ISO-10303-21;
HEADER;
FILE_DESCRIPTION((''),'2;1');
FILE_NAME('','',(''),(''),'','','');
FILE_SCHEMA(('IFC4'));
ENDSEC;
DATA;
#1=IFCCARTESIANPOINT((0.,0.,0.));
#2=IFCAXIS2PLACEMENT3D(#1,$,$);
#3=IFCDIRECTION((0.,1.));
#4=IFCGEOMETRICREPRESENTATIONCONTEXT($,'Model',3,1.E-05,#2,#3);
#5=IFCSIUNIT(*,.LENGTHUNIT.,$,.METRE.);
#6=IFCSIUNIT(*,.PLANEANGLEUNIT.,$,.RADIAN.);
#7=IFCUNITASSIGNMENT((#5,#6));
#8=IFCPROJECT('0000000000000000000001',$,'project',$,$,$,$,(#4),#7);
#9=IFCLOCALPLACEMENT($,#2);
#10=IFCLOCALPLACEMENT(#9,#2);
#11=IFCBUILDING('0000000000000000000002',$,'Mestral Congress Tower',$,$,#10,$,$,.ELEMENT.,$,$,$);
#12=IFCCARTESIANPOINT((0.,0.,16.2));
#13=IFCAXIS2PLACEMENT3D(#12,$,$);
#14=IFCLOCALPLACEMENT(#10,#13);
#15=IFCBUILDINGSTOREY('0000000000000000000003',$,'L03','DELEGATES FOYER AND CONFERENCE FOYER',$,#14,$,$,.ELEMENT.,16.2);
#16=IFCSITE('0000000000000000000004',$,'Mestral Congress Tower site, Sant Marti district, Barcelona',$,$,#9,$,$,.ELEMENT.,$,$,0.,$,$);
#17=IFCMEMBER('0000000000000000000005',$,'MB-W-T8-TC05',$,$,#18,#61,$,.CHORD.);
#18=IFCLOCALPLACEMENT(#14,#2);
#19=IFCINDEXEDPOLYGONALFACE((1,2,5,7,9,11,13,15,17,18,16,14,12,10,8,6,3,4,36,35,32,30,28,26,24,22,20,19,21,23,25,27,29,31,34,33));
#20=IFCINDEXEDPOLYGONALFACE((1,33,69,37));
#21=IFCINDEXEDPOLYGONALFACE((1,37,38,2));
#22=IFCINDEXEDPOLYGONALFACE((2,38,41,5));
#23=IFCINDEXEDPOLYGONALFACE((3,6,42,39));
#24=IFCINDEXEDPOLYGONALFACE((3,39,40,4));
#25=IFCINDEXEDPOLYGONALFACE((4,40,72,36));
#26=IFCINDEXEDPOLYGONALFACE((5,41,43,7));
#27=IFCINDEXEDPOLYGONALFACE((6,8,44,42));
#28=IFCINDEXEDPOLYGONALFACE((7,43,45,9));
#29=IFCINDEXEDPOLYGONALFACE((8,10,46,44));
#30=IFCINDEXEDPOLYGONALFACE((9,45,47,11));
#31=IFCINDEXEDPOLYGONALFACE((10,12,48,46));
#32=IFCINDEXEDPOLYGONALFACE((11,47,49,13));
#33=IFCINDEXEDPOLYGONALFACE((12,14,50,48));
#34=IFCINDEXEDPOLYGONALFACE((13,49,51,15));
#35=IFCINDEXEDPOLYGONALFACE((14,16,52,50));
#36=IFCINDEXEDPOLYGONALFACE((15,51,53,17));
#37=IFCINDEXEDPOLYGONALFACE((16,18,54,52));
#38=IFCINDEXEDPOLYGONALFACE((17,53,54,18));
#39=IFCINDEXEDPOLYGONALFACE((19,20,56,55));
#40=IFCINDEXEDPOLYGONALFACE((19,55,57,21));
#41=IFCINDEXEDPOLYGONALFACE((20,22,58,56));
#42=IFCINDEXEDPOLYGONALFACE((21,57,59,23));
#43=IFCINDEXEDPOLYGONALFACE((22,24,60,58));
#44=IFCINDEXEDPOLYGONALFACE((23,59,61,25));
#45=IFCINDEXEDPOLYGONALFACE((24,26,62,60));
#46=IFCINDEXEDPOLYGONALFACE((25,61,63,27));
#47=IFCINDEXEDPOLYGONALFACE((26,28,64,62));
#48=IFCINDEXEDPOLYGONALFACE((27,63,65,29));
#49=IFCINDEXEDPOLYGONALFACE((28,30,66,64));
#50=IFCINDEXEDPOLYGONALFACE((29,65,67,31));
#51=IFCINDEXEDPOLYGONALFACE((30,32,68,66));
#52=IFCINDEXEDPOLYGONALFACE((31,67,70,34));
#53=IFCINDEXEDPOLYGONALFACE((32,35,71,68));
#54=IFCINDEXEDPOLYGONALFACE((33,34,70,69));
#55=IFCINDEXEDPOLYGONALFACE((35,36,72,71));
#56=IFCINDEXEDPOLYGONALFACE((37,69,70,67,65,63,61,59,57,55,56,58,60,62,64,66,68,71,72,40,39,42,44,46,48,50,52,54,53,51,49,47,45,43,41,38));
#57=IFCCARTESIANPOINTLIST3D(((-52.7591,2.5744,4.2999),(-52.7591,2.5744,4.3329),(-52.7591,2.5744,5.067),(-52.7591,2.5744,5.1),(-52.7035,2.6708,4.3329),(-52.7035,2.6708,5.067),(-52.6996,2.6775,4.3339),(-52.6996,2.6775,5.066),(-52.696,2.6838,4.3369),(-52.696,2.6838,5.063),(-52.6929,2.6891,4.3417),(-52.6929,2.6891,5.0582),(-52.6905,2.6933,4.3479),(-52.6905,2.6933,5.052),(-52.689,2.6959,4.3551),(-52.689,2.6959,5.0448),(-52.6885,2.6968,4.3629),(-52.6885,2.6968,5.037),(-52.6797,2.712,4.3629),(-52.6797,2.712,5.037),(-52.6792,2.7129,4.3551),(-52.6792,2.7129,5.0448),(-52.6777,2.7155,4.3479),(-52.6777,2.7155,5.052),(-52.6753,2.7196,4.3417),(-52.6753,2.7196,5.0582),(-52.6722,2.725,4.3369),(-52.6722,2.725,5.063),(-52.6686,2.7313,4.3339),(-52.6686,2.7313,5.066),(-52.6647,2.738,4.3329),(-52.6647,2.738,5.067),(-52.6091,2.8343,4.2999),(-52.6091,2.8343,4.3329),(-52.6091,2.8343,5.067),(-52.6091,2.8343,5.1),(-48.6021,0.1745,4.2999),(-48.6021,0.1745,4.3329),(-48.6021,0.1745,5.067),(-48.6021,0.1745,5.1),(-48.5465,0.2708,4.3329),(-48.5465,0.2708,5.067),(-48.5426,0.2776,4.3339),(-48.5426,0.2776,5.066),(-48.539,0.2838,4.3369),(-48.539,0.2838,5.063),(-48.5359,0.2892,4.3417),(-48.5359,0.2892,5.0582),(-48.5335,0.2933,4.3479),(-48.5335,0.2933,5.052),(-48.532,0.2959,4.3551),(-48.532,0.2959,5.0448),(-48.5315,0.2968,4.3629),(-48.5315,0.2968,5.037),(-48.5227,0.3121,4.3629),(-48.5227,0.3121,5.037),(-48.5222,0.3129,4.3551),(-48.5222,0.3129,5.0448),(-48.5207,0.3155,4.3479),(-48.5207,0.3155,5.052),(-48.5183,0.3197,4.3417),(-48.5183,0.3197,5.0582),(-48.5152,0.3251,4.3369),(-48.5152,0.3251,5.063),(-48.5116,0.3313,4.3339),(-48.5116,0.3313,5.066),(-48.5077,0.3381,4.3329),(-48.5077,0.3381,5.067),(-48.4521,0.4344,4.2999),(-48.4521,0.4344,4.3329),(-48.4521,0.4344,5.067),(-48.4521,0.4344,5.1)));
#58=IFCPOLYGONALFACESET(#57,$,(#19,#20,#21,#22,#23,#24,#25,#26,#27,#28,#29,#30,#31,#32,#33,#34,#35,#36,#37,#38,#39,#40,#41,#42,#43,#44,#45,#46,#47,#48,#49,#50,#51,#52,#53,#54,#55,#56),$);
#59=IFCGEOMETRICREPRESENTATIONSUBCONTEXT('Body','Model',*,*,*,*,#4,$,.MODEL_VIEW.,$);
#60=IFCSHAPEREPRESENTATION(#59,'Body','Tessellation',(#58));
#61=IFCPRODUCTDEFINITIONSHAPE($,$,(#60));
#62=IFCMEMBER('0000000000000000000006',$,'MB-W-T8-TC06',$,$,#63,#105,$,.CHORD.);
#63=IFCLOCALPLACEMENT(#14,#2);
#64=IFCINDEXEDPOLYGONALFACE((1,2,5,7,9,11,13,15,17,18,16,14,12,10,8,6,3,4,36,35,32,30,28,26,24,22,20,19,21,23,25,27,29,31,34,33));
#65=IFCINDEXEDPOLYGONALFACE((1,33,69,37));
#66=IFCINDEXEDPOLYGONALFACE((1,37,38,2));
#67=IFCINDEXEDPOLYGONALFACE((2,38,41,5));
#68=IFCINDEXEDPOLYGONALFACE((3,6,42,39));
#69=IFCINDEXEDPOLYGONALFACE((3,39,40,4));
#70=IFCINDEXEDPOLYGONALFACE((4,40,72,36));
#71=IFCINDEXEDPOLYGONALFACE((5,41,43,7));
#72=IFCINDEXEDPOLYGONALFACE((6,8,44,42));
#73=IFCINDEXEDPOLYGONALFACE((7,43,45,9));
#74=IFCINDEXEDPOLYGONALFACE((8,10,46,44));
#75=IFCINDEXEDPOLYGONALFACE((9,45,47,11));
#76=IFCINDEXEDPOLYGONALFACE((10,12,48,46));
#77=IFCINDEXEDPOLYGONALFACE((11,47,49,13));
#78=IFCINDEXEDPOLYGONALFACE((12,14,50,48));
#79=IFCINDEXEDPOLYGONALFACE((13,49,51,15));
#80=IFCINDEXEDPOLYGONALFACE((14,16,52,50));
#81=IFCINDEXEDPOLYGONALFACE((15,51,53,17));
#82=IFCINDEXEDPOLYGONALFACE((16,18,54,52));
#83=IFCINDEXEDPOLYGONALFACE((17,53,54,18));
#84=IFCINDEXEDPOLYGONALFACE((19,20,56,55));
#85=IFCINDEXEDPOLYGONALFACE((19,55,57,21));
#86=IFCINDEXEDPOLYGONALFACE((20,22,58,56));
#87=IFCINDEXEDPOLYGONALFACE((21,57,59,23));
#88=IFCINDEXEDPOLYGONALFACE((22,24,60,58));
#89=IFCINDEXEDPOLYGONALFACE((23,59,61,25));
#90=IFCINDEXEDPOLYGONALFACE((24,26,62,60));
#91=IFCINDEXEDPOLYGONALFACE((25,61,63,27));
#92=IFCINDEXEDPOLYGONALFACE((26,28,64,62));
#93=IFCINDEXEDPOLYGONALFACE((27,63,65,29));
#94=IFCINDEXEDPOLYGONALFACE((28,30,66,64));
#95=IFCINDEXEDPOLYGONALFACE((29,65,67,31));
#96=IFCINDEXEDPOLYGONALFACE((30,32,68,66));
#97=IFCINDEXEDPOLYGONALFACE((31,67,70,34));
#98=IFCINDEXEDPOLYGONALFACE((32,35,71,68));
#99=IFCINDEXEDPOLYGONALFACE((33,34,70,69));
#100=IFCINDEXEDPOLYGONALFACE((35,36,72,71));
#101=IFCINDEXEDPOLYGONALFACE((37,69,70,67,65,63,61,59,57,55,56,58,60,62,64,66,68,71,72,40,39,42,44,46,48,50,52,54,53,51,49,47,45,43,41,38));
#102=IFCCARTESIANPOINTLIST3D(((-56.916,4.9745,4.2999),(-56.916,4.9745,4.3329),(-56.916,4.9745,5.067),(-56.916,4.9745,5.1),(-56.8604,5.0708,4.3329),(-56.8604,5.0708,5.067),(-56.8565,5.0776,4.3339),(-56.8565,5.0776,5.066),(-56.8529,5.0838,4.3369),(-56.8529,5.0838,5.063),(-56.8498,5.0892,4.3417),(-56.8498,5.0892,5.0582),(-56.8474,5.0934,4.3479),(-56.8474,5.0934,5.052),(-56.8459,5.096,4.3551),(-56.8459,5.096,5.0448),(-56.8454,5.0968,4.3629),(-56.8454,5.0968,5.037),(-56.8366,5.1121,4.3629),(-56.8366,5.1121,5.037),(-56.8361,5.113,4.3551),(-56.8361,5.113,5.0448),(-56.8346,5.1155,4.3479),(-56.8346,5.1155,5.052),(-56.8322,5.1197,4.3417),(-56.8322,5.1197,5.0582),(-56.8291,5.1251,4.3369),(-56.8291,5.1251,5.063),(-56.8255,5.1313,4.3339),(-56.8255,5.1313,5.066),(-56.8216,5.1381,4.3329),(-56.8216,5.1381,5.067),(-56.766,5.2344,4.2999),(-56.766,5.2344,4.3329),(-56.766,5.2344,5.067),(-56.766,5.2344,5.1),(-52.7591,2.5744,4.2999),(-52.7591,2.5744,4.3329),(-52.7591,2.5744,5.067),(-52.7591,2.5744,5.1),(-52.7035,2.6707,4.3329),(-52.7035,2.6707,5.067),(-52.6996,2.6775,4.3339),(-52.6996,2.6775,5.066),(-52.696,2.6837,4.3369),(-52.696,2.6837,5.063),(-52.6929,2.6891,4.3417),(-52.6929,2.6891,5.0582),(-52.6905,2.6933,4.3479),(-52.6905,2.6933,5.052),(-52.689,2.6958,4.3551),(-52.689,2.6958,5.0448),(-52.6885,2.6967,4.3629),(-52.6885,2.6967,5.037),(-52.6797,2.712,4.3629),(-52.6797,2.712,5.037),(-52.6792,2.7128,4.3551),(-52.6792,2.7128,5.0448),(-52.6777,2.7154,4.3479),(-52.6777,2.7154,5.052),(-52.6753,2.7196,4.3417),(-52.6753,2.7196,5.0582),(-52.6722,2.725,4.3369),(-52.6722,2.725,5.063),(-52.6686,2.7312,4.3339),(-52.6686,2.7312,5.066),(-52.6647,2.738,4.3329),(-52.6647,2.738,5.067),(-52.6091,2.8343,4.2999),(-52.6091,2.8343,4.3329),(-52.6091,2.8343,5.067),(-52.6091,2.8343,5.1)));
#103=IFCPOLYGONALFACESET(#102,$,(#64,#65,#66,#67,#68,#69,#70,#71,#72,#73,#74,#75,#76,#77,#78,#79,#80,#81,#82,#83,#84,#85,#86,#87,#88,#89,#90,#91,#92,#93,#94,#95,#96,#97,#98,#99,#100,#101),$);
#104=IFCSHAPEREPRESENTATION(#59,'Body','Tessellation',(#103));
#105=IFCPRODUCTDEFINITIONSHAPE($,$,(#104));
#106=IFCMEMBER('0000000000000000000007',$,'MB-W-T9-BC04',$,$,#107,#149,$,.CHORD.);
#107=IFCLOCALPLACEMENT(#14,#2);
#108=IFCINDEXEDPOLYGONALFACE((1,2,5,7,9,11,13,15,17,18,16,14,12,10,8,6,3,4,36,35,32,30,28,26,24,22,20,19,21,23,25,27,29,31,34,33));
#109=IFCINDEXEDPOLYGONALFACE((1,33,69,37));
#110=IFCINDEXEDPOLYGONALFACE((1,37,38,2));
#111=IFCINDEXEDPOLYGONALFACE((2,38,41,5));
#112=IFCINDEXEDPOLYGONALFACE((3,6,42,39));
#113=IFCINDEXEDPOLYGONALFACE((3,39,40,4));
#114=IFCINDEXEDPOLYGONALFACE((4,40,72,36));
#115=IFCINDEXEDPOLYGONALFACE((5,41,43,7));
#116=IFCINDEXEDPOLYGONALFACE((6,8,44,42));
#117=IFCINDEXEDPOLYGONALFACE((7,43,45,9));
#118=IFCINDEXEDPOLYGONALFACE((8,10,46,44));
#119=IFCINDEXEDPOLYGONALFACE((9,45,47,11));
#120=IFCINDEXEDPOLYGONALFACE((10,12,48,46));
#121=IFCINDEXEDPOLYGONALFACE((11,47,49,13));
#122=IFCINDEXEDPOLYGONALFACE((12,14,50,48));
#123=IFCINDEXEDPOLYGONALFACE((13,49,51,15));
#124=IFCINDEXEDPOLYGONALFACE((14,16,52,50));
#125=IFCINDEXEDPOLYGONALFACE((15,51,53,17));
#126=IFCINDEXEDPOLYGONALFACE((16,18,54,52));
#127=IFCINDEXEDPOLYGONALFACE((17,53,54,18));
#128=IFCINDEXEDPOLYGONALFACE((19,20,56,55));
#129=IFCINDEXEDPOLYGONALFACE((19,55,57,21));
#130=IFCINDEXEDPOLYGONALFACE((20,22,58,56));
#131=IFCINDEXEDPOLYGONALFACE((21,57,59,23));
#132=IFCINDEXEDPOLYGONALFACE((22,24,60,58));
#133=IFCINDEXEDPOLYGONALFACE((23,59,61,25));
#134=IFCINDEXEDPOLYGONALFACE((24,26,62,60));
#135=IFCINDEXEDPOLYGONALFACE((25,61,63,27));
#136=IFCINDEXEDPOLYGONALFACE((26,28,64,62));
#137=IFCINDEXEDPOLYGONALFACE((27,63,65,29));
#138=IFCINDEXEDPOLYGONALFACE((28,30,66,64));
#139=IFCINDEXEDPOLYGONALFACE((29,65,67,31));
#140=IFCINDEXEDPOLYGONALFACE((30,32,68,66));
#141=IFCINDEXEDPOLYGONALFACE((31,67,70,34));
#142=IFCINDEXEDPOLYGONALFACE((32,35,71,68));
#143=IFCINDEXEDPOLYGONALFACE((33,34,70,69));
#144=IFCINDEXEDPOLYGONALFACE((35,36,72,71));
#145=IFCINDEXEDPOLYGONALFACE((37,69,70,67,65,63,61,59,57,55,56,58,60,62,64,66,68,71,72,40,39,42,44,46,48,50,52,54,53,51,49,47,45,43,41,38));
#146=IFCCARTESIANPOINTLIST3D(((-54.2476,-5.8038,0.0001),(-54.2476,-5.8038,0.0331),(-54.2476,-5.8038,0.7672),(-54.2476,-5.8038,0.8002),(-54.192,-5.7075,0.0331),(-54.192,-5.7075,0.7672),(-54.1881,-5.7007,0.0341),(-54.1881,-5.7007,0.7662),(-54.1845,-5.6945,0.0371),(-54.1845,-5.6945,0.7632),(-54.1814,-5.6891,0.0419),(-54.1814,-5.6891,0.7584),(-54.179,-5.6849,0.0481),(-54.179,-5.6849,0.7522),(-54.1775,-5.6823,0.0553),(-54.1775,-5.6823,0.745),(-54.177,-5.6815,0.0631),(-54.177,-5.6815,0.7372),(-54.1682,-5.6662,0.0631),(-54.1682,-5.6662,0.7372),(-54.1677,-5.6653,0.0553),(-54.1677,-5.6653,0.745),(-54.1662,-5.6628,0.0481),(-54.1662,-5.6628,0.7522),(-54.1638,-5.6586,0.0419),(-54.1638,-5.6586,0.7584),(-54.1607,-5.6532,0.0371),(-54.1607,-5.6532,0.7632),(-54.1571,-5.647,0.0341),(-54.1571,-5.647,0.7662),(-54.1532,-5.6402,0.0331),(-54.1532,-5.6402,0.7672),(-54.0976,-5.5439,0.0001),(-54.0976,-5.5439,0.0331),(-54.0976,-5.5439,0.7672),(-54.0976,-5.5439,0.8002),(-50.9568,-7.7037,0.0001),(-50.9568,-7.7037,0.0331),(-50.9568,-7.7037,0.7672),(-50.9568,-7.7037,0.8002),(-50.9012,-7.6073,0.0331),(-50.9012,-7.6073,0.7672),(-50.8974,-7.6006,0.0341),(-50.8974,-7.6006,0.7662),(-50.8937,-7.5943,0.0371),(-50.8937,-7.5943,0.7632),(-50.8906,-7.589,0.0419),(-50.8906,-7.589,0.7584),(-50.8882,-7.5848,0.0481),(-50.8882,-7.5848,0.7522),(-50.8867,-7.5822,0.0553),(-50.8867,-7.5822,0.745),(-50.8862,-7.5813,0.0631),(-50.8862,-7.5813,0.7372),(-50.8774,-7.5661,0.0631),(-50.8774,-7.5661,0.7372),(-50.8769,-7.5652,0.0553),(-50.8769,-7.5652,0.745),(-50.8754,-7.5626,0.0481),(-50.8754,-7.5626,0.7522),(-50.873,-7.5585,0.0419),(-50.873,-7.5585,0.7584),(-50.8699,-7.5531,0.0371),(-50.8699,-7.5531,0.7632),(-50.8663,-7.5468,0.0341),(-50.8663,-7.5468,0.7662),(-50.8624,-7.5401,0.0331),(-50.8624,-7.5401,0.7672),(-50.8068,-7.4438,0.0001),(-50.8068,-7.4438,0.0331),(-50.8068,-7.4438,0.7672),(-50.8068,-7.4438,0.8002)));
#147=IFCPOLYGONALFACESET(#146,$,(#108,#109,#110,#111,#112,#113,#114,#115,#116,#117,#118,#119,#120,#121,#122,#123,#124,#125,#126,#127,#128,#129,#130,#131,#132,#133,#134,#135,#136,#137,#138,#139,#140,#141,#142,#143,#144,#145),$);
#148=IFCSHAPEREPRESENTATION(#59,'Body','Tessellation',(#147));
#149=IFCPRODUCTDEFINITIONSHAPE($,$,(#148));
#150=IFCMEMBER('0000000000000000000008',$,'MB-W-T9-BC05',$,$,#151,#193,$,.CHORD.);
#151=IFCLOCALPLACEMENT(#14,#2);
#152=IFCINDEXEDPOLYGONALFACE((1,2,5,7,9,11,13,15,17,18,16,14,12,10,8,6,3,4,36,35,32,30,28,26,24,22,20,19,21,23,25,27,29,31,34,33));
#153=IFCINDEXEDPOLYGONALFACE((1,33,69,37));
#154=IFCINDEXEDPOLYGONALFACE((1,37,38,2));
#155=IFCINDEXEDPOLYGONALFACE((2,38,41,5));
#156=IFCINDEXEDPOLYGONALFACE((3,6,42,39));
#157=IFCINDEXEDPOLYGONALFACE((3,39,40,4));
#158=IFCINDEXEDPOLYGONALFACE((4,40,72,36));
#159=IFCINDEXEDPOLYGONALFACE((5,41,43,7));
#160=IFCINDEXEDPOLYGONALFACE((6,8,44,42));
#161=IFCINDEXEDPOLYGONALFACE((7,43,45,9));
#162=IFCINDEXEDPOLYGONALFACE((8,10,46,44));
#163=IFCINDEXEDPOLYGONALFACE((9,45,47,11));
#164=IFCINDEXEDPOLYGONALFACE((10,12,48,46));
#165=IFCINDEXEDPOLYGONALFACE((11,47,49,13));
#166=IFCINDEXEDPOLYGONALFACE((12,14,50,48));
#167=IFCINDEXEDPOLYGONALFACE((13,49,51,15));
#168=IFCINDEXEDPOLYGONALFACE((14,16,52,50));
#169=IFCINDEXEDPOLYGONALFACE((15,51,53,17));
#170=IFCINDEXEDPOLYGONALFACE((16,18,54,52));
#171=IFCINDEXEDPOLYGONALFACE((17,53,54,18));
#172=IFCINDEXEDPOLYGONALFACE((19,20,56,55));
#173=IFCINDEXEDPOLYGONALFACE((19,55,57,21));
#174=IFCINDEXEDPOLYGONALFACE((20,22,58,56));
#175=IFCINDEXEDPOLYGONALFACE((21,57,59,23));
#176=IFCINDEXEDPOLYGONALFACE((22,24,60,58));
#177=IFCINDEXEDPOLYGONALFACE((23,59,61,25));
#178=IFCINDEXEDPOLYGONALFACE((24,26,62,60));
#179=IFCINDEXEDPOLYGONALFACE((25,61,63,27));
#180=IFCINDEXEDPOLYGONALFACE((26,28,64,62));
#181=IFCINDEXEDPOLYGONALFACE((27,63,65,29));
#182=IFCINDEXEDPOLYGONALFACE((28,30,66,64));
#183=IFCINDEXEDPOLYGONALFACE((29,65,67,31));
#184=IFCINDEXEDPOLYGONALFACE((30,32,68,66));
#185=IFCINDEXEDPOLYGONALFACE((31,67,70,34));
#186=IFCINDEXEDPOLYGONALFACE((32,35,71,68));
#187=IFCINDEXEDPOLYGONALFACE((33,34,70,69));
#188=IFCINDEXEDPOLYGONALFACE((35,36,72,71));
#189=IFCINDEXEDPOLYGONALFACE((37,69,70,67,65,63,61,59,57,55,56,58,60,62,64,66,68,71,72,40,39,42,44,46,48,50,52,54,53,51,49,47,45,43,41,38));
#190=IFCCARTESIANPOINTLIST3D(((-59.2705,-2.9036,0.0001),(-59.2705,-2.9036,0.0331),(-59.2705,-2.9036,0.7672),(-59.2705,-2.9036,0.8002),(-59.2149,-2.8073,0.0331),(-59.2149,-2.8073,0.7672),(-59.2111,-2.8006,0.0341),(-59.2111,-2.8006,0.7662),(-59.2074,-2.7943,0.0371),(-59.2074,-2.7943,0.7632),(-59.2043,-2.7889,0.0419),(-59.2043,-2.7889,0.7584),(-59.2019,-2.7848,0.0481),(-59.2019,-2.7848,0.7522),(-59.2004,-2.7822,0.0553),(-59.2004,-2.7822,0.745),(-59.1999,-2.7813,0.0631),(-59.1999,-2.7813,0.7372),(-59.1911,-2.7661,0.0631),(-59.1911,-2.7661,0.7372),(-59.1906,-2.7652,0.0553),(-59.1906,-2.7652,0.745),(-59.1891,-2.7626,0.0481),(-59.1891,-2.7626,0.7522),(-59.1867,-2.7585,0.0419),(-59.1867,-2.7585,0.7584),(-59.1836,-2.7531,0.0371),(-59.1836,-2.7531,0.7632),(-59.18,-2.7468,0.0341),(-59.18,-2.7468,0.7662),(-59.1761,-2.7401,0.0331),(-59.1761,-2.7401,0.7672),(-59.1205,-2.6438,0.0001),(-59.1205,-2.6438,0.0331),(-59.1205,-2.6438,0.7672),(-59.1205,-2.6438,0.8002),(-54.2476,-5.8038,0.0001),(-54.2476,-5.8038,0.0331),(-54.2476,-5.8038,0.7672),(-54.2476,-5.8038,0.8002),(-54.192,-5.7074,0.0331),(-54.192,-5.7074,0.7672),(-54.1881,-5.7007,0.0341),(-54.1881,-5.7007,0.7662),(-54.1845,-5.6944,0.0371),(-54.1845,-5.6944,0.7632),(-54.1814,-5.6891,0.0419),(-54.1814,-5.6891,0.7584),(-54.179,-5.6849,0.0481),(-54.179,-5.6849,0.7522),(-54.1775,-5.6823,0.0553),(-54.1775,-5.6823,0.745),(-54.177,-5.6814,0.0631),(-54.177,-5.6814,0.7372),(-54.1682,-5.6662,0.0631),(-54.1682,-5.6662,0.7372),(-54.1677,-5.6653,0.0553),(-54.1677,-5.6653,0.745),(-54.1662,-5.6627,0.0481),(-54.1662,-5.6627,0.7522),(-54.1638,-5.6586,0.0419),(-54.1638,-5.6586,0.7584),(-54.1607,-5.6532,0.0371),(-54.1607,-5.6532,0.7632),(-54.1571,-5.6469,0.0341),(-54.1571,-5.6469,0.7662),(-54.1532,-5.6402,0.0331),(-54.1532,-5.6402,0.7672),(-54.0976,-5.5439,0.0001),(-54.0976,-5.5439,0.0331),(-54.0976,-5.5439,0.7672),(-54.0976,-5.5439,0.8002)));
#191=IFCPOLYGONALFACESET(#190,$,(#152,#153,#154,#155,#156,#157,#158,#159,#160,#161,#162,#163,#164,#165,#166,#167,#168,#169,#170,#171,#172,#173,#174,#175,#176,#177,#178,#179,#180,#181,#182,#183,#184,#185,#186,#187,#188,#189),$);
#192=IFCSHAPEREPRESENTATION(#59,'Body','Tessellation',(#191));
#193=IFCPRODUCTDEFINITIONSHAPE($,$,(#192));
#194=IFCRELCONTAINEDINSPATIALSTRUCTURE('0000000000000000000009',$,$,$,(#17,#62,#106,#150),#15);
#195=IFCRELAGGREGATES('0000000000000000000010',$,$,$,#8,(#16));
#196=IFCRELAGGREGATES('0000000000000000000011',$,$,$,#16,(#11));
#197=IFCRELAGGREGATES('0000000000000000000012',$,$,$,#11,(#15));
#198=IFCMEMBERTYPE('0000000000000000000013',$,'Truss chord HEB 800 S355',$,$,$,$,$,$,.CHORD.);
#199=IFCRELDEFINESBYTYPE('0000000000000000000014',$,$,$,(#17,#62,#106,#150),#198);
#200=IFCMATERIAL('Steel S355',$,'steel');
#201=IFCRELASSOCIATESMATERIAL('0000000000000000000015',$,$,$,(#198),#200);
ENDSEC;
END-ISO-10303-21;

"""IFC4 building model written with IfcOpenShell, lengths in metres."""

from ifc_helpers import new_model, si_unit, direction, frame, origin, origin_2d, place, context, subcontext, project, spatial, i_section, extrude, material, material_profile, profile_set, type_object, element, save


model = new_model("IFC4")

# Units and contexts
model_context = context("Model", 3, precision=1e-05, world=origin(), true_north=direction((0.0, 1.0)))
body_context = subcontext(model_context, "Body", "Model", "MODEL_VIEW")
ifc_project = project(units=[si_unit("LENGTHUNIT", "METRE"), si_unit("PLANEANGLEUNIT", "RADIAN")], contexts=[model_context])

# Site, building, storey
site_placement = place(None, origin())
site = spatial("IfcSite", under=ifc_project, at=site_placement, Name="Mestral Congress Tower site, Sant Marti district, Barcelona", CompositionType="ELEMENT", RefElevation=0.0)
building_placement = place(site_placement, origin())
building = spatial("IfcBuilding", under=site, at=building_placement, Name="Mestral Congress Tower", CompositionType="ELEMENT")
storey_placement = place(building_placement, frame((0.0, 0.0, 16.2)))
storey = spatial("IfcBuildingStorey", under=building, at=storey_placement, Name="L03", Description="DELEGATES FOYER AND CONFERENCE FOYER", CompositionType="ELEMENT", Elevation=16.2)

# Shared definitions
ifc_material_1 = material(Name="Steel S355", Category="steel")

# Members
ifc_material_profile_1 = material_profile(ifc_material_1, i_section(OverallWidth=0.3, OverallDepth=0.8, WebThickness=0.0176, FlangeThickness=0.033, FilletRadius=0.03, at=origin_2d()), Name="HEB 800")
ifc_profile_set_1 = profile_set([ifc_material_profile_1], Name="Steel S355")
member_type_1 = type_object("IfcMemberType", Name="Truss chord HEB 800 S355", PredefinedType="CHORD", material=ifc_profile_set_1)
for number, where, z_axis, x_axis, name in (
    (1, (-48.5271, 0.3044, 4.7), (-0.866037, 0.499979, 0.0), (-0.499979, -0.866037, 0.0), "MB-W-T8-TC05"),
    (2, (-52.6841, 2.7043, 4.7), (-0.866015, 0.500017, 0.0), (-0.500017, -0.866015, 0.0), "MB-W-T8-TC06"),
):
    element("IfcMember", number, at=place(storey_placement, frame(where, z_axis=z_axis, x_axis=x_axis)), inside=storey, type_object=member_type_1, Name=name, PredefinedType="CHORD", context=body_context, shape_type="SweptSolid", body=[
        extrude(i_section(OverallWidth=0.3, OverallDepth=0.8, WebThickness=0.0176, FlangeThickness=0.033, FilletRadius=0.03, at=origin_2d()), origin(), (0.0, 0.0, 1.0), 4.8),
    ])
member_1_placement = place(storey_placement, frame((-50.8818, -7.5737, 0.4001), z_axis=(-0.866028, 0.499995, 0.0), x_axis=(-0.499995, -0.866028, 0.0)))
element("IfcMember", 3, at=member_1_placement, inside=storey, type_object=member_type_1, Name="MB-W-T9-BC04", PredefinedType="CHORD", context=body_context, shape_type="SweptSolid", body=[
    extrude(i_section(OverallWidth=0.3, OverallDepth=0.8, WebThickness=0.0176, FlangeThickness=0.033, FilletRadius=0.03, at=origin_2d()), origin(), (0.0, 0.0, 1.0), 3.7998),
])
member_2_placement = place(storey_placement, frame((-54.1726, -5.6738, 0.4001), z_axis=(-0.866015, 0.500019, 0.0), x_axis=(-0.500019, -0.866015, 0.0)))
element("IfcMember", 4, at=member_2_placement, inside=storey, type_object=member_type_1, Name="MB-W-T9-BC05", PredefinedType="CHORD", context=body_context, shape_type="SweptSolid", body=[
    extrude(i_section(OverallWidth=0.3, OverallDepth=0.8, WebThickness=0.0176, FlangeThickness=0.033, FilletRadius=0.03, at=origin_2d()), origin(), (0.0, 0.0, 1.0), 5.8),
])

save(model, "model.ifc")
